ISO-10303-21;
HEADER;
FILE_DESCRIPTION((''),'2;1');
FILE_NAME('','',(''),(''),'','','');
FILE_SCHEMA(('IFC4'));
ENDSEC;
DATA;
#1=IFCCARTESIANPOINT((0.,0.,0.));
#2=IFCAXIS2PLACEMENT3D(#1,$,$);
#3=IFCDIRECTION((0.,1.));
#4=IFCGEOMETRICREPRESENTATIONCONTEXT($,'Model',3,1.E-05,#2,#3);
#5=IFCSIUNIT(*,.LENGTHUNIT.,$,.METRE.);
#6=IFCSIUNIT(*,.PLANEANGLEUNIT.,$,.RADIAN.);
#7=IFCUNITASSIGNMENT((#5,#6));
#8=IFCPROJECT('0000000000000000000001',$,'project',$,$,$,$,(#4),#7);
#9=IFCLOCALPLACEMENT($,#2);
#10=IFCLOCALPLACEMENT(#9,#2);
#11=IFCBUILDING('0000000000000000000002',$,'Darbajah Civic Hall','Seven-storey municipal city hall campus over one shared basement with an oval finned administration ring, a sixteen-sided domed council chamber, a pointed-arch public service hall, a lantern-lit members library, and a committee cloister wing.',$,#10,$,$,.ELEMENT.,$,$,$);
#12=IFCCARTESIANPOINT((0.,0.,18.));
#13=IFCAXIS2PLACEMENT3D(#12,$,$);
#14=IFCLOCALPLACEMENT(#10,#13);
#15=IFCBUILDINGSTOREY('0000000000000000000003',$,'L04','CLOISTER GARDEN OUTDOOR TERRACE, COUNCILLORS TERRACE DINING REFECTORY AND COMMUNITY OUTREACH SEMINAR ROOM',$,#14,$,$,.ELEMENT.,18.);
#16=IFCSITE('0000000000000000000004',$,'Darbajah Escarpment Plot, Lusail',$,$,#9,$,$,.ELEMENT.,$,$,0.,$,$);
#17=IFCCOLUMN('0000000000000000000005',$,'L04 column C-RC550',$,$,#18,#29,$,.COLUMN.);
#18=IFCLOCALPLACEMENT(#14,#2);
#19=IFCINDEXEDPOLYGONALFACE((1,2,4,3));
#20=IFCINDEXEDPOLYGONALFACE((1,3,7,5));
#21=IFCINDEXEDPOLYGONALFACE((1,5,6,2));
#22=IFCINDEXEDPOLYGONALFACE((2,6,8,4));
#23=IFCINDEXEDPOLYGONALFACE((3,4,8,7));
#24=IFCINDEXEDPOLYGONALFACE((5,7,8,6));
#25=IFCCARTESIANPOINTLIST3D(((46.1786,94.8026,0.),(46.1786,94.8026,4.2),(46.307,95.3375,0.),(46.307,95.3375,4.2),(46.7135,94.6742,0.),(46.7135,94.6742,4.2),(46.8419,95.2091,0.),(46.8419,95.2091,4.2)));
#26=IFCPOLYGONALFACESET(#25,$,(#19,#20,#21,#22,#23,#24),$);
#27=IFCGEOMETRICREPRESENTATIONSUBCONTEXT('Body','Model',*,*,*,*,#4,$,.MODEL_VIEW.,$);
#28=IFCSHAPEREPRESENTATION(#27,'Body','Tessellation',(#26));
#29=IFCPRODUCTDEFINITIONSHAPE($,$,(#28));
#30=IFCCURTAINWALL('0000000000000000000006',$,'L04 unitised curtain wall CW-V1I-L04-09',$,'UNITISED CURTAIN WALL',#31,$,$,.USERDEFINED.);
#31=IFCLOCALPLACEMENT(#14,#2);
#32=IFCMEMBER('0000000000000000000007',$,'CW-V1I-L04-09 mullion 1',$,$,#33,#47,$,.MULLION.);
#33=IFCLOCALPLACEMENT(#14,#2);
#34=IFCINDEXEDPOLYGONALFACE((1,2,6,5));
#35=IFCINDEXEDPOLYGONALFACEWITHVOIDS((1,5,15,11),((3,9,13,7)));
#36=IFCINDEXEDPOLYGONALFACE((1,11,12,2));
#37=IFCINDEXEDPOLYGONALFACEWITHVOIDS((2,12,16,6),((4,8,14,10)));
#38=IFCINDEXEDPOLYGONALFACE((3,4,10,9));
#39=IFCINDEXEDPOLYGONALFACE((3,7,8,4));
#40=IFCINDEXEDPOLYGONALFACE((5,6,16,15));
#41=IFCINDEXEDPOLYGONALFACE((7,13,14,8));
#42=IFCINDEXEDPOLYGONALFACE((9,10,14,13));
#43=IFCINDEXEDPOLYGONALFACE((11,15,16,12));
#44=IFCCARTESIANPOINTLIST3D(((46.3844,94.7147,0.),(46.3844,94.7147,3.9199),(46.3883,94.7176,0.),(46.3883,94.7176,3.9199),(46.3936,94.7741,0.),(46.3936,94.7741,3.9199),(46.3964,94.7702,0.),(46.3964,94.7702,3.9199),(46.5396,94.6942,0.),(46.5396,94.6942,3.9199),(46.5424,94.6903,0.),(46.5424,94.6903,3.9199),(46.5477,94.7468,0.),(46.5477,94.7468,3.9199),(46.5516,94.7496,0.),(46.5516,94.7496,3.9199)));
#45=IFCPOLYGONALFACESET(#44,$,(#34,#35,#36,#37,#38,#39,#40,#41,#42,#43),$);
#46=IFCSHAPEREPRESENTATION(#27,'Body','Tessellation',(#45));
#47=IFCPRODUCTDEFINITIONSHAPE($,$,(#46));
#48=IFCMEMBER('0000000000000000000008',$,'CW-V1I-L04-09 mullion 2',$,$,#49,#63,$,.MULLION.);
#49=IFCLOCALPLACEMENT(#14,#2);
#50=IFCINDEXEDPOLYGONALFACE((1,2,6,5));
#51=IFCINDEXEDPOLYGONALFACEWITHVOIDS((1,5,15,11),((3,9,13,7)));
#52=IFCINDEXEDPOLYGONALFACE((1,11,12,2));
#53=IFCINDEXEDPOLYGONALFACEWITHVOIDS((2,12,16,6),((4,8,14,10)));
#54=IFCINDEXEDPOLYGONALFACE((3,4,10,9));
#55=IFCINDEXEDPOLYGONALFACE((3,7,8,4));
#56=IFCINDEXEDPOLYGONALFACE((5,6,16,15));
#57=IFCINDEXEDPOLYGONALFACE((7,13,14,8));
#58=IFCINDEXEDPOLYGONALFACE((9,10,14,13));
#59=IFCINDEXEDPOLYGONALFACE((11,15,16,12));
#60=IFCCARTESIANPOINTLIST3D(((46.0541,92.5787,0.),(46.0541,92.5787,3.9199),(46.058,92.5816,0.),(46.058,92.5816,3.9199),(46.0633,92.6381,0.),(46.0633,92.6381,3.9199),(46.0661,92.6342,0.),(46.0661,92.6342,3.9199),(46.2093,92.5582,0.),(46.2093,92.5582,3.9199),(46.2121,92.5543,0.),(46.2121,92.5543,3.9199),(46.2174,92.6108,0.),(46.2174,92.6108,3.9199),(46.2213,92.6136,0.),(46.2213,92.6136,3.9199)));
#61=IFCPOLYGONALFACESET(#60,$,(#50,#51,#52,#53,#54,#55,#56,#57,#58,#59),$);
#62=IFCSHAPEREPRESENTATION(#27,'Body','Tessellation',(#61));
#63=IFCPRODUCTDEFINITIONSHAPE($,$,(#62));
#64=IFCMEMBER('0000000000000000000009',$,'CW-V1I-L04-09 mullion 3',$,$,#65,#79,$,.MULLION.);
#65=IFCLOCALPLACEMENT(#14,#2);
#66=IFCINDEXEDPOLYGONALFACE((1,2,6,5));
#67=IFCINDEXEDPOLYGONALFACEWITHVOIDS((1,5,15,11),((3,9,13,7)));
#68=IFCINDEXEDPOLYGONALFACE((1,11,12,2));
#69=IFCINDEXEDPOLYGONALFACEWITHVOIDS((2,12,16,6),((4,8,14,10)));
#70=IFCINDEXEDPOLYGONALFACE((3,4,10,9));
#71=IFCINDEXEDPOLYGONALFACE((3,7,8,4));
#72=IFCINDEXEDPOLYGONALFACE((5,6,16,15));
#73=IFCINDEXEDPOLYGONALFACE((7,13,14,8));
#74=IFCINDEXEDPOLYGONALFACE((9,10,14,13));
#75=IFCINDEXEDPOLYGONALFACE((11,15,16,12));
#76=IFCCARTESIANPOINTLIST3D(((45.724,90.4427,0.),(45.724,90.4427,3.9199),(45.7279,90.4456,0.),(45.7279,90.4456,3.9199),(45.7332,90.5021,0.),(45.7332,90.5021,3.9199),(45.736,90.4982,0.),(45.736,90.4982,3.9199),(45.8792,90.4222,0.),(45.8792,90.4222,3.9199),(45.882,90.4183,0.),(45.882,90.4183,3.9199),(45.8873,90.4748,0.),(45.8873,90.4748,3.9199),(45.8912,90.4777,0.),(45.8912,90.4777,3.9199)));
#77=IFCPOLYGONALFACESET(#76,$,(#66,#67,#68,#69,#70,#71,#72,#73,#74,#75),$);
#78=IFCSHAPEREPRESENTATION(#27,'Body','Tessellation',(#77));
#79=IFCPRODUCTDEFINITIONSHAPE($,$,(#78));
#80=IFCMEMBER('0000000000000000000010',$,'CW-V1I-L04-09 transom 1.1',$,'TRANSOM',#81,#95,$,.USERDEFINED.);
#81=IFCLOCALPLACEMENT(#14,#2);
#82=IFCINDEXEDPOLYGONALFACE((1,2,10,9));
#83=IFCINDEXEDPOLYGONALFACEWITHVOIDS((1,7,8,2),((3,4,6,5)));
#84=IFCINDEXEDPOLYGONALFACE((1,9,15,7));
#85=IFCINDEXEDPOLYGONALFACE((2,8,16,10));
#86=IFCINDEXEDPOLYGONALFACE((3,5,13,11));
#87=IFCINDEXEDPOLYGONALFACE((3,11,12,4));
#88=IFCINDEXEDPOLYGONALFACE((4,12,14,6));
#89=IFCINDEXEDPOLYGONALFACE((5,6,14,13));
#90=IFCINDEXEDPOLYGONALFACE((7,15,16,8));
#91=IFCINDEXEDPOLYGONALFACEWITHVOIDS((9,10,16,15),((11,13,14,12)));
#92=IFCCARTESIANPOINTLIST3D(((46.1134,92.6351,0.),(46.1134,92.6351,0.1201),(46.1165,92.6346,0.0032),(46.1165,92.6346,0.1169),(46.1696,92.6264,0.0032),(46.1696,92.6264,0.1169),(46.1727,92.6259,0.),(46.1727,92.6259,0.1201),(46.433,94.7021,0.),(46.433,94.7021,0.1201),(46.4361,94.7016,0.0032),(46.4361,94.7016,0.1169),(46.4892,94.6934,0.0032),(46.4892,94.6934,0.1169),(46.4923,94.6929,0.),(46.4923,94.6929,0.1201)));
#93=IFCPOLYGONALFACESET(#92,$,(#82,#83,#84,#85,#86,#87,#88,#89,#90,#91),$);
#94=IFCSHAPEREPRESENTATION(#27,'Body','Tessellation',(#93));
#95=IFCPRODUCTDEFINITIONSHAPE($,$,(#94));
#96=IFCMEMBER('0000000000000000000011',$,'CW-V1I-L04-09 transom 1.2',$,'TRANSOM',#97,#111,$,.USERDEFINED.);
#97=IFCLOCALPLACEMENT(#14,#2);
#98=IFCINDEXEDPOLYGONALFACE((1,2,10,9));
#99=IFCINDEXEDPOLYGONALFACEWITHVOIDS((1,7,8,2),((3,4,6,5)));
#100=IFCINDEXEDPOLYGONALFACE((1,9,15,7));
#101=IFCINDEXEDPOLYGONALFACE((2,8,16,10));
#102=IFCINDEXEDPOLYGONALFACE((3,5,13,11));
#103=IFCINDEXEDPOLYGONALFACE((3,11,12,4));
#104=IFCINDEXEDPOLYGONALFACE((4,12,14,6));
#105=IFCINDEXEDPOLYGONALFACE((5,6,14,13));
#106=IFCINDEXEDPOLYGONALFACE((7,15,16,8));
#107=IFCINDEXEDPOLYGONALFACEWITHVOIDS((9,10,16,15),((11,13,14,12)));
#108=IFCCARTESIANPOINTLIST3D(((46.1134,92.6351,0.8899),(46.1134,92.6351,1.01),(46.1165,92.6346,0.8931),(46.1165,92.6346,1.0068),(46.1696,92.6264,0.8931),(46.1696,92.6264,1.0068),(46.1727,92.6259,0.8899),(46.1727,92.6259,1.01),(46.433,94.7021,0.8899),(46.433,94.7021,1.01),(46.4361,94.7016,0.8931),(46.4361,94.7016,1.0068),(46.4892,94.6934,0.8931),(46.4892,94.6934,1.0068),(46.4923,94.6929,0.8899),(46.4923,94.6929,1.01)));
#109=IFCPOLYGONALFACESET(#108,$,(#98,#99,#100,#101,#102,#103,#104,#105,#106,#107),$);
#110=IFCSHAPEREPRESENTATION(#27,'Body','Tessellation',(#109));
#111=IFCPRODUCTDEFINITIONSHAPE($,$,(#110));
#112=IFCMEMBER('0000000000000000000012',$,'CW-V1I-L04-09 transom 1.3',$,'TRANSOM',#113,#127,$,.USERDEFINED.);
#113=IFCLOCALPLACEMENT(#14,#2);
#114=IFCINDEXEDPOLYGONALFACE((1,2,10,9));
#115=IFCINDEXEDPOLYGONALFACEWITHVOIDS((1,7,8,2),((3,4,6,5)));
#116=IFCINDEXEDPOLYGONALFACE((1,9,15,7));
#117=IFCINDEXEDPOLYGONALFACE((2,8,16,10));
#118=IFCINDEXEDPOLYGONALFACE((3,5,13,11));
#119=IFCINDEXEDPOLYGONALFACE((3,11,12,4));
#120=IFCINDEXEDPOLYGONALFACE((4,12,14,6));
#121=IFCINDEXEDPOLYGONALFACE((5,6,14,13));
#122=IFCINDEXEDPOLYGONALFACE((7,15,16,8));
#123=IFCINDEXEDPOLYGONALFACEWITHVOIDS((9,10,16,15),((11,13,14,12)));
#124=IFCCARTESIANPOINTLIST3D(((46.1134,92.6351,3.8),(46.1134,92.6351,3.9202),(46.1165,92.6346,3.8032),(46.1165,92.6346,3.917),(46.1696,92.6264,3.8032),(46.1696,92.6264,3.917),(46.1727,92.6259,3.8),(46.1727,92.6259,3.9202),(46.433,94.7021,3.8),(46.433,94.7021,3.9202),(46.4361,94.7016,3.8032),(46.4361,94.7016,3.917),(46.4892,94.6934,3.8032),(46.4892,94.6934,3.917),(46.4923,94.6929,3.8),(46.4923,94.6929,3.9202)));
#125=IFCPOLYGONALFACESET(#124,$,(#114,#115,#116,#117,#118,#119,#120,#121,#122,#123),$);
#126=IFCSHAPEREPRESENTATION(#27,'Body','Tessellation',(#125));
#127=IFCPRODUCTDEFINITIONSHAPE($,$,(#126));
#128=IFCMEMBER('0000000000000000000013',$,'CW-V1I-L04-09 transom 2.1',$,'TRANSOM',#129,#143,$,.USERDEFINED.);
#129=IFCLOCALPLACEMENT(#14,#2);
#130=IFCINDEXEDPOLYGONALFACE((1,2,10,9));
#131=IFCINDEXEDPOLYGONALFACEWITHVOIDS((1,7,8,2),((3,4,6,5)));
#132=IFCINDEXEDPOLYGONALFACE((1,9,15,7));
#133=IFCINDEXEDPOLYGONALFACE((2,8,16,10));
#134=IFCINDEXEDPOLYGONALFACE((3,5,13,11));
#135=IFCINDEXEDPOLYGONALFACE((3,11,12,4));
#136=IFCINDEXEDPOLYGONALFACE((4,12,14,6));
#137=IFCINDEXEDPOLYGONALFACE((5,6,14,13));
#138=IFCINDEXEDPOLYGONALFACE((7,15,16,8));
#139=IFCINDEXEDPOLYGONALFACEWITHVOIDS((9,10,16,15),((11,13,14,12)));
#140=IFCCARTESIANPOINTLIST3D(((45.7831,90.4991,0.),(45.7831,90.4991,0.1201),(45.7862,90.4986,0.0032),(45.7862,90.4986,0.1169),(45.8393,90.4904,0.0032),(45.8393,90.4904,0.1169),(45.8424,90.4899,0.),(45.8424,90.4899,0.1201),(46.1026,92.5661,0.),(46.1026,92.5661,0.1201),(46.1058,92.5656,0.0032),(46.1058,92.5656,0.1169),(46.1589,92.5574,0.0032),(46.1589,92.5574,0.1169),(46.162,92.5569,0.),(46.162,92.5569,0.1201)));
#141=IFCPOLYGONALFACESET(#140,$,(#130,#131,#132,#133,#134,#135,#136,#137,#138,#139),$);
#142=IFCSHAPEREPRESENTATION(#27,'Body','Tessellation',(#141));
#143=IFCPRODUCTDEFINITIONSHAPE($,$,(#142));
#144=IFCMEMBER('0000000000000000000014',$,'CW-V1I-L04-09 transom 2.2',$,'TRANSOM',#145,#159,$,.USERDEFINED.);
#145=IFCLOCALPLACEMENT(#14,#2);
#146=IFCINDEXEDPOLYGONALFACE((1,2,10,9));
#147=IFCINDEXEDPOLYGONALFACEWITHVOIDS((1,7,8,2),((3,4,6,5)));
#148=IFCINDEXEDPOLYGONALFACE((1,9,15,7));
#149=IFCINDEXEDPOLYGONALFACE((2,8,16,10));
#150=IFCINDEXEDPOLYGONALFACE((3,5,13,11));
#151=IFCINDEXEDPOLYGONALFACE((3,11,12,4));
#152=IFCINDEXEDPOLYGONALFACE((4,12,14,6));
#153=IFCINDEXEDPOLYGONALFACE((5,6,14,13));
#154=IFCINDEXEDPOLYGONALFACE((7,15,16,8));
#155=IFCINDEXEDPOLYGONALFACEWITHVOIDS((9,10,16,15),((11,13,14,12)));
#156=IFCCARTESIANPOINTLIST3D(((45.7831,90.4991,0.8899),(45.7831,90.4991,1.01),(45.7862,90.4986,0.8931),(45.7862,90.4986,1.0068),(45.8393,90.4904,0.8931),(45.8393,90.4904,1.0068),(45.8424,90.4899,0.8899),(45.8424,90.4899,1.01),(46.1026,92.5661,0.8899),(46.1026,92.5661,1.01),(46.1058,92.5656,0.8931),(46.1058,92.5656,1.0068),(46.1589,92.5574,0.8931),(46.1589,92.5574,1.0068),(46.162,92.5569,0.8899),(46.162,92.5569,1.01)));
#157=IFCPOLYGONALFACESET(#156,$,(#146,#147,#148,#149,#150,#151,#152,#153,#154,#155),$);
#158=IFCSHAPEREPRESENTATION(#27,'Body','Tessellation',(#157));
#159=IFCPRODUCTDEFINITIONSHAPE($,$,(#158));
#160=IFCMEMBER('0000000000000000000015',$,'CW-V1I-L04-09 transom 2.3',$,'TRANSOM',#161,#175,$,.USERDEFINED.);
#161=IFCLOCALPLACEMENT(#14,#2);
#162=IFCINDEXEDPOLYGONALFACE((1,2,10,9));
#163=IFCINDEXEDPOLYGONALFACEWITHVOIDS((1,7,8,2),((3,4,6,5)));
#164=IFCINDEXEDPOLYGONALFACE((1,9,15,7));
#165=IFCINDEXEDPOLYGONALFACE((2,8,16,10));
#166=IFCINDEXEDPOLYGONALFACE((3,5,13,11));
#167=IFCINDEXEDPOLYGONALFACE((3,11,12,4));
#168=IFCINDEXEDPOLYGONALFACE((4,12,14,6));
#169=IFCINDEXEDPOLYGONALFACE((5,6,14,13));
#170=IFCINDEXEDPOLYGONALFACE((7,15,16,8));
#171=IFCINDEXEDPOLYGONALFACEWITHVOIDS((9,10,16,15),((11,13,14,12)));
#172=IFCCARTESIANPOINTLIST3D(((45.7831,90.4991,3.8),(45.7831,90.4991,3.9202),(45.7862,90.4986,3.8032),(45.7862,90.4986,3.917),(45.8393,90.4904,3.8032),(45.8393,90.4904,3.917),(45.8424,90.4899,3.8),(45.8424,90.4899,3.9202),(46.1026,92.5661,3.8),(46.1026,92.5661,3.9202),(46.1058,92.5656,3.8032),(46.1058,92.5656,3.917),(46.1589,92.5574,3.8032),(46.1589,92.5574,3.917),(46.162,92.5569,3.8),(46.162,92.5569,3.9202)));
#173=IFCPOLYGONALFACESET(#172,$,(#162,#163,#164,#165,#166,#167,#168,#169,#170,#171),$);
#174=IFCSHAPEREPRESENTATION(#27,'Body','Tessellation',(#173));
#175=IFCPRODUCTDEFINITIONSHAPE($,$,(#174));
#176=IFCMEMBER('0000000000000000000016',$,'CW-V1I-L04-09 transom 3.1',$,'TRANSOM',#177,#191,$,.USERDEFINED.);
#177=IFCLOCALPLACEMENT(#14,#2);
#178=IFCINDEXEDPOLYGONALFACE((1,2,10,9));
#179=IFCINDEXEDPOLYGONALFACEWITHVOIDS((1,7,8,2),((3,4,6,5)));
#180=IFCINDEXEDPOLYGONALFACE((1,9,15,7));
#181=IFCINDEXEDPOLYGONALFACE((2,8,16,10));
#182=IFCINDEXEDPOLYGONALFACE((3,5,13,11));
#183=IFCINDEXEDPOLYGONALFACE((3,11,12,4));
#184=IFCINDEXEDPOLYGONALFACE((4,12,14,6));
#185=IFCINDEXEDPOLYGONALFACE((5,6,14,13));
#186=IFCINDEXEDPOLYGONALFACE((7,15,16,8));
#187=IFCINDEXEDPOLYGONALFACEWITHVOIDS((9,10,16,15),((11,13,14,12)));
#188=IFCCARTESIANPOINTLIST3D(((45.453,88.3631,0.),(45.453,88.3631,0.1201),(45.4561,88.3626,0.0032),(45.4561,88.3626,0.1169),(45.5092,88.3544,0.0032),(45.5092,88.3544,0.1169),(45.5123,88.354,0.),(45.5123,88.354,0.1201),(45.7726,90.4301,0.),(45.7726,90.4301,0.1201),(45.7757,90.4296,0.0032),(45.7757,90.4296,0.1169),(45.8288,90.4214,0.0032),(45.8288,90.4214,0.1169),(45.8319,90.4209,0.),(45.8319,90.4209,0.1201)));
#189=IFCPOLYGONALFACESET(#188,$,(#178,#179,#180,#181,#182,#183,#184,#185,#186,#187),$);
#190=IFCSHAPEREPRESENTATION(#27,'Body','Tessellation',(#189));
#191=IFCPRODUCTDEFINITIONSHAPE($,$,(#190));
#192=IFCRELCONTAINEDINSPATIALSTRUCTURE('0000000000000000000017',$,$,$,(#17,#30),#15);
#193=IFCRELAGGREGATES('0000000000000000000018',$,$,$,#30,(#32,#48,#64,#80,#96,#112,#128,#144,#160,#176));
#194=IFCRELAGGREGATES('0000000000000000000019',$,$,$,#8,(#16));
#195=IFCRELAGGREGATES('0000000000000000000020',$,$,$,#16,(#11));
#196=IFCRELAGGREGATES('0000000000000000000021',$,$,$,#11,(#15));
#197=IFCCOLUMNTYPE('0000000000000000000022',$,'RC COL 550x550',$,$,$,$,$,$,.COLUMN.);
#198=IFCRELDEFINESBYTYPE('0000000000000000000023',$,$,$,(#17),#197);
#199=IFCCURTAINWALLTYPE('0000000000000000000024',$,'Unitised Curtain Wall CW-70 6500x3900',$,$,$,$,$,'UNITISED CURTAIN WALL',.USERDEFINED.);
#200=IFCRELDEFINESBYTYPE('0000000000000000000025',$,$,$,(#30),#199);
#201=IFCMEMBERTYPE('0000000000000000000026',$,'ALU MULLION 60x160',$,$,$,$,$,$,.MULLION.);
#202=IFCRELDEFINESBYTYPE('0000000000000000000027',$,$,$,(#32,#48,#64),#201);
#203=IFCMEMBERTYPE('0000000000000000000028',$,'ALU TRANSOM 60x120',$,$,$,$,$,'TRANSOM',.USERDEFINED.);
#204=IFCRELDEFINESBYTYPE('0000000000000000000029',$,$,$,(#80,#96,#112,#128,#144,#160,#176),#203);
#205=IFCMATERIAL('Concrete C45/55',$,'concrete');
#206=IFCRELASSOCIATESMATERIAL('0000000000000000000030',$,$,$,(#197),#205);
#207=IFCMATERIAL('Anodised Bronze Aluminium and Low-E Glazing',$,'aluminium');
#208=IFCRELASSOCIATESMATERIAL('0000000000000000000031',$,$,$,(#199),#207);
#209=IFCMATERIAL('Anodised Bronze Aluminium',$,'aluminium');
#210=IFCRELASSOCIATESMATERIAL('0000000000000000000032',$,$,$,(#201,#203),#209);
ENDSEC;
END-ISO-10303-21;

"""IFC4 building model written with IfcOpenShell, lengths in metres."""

from ifc_helpers import new_model, si_unit, direction, frame, origin, origin_2d, place, context, subcontext, project, spatial, rectangle, hollow_rectangle, extrude, material, material_profile, profile_set, type_object, element, aggregate, save


model = new_model("IFC4")

# Units and contexts
model_context = context("Model", 3, precision=1e-05, world=origin(), true_north=direction((0.0, 1.0)))
body_context = subcontext(model_context, "Body", "Model", "MODEL_VIEW")
ifc_project = project(units=[si_unit("LENGTHUNIT", "METRE"), si_unit("PLANEANGLEUNIT", "RADIAN")], contexts=[model_context])

# Site, building, storey
site_placement = place(None, origin())
site = spatial("IfcSite", under=ifc_project, at=site_placement, Name="Darbajah Escarpment Plot, Lusail", CompositionType="ELEMENT", RefElevation=0.0)
building_placement = place(site_placement, origin())
building = spatial("IfcBuilding", under=site, at=building_placement, Name="Darbajah Civic Hall", Description="Seven-storey municipal city hall campus over one shared basement with an oval finned administration ring, a sixteen-sided domed council chamber, a pointed-arch public service hall, a lantern-lit members library, and a committee cloister wing.", CompositionType="ELEMENT")
storey_placement = place(building_placement, frame((0.0, 0.0, 18.0)))
storey = spatial("IfcBuildingStorey", under=building, at=storey_placement, Name="L04", Description="CLOISTER GARDEN OUTDOOR TERRACE, COUNCILLORS TERRACE DINING REFECTORY AND COMMUNITY OUTREACH SEMINAR ROOM", CompositionType="ELEMENT", Elevation=18.0)

# Column
ifc_material_1 = material(Name="Concrete C45/55", Category="concrete")
ifc_material_profile_1 = material_profile(ifc_material_1, rectangle(XDim=0.55, YDim=0.55, at=origin_2d()), Name="RC COL 550x550")
ifc_profile_set_1 = profile_set([ifc_material_profile_1], Name="Concrete C45/55")
column_type = type_object("IfcColumnType", Name="RC COL 550x550", PredefinedType="COLUMN", material=ifc_profile_set_1)
column_placement = place(storey_placement, frame((46.5103, 95.0059, 0.0), z_axis=(0.0, 0.0, 1.0), x_axis=(-0.97237, 0.233445, 0.0)))
element("IfcColumn", 1, at=column_placement, inside=storey, type_object=column_type, Name="L04 column C-RC550", PredefinedType="COLUMN", context=body_context, shape_type="SweptSolid", body=[
    extrude(rectangle(XDim=0.55, YDim=0.55, at=origin_2d()), origin(), (0.0, 0.0, 1.0), 4.2),
])

# Curtain wall, members
ifc_material_2 = material(Name="Anodised Bronze Aluminium and Low-E Glazing", Category="aluminium")
curtain_wall_type = type_object("IfcCurtainWallType", Name="Unitised Curtain Wall CW-70 6500x3900", ElementType="UNITISED CURTAIN WALL", PredefinedType="USERDEFINED", material=ifc_material_2)
curtain_wall_placement = place(storey_placement, origin())
curtain_wall = element("IfcCurtainWall", 2, at=curtain_wall_placement, inside=storey, type_object=curtain_wall_type, Name="L04 unitised curtain wall CW-V1I-L04-09", ObjectType="UNITISED CURTAIN WALL", PredefinedType="USERDEFINED")
ifc_material_3 = material(Name="Anodised Bronze Aluminium", Category="aluminium")
ifc_material_profile_2 = material_profile(ifc_material_3, hollow_rectangle(XDim=0.0601, YDim=0.1599, WallThickness=0.0034, at=origin_2d()), Name="ALU MULLION 60x160")
ifc_profile_set_2 = profile_set([ifc_material_profile_2], Name="Anodised Bronze Aluminium")
member_type_1 = type_object("IfcMemberType", Name="ALU MULLION 60x160", PredefinedType="MULLION", material=ifc_profile_set_2)
member_1_placement = place(storey_placement, frame((46.468, 94.7322, 0.0), z_axis=(0.0, 0.0, 1.0), x_axis=(-0.152813, -0.988255, 0.0)))
member_1 = element("IfcMember", 3, at=member_1_placement, type_object=member_type_1, Name="CW-V1I-L04-09 mullion 1", PredefinedType="MULLION", context=body_context, shape_type="SweptSolid", body=[
    extrude(hollow_rectangle(XDim=0.0601, YDim=0.1599, WallThickness=0.0034, at=origin_2d()), origin(), (0.0, 0.0, 1.0), 3.9199),
])
member_2_placement = place(storey_placement, frame((46.1377, 92.5962, 0.0), z_axis=(0.0, 0.0, 1.0), x_axis=(-0.152813, -0.988255, 0.0)))
member_2 = element("IfcMember", 4, at=member_2_placement, type_object=member_type_1, Name="CW-V1I-L04-09 mullion 2", PredefinedType="MULLION", context=body_context, shape_type="SweptSolid", body=[
    extrude(hollow_rectangle(XDim=0.0601, YDim=0.1599, WallThickness=0.0034, at=origin_2d()), origin(), (0.0, 0.0, 1.0), 3.9199),
])
member_3_placement = place(storey_placement, frame((45.8076, 90.4602, 0.0), z_axis=(0.0, 0.0, 1.0), x_axis=(-0.152813, -0.988255, 0.0)))
member_3 = element("IfcMember", 5, at=member_3_placement, type_object=member_type_1, Name="CW-V1I-L04-09 mullion 3", PredefinedType="MULLION", context=body_context, shape_type="SweptSolid", body=[
    extrude(hollow_rectangle(XDim=0.0601, YDim=0.1599, WallThickness=0.0034, at=origin_2d()), origin(), (0.0, 0.0, 1.0), 3.9199),
])
ifc_material_profile_3 = material_profile(ifc_material_3, hollow_rectangle(XDim=0.0601, YDim=0.1201, WallThickness=0.0032, at=origin_2d()), Name="ALU TRANSOM 60x120")
ifc_profile_set_3 = profile_set([ifc_material_profile_3], Name="Anodised Bronze Aluminium")
member_type_2 = type_object("IfcMemberType", Name="ALU TRANSOM 60x120", ElementType="TRANSOM", PredefinedType="USERDEFINED", material=ifc_profile_set_3)
member_4_placement = place(storey_placement, frame((46.4626, 94.6975, 0.0601), z_axis=(-0.152803, -0.988257, 0.0), x_axis=(0.988257, -0.152803, 0.0)))
member_4 = element("IfcMember", 6, at=member_4_placement, type_object=member_type_2, Name="CW-V1I-L04-09 transom 1.1", ObjectType="TRANSOM", PredefinedType="USERDEFINED", context=body_context, shape_type="SweptSolid", body=[
    extrude(hollow_rectangle(XDim=0.0601, YDim=0.1201, WallThickness=0.0032, at=origin_2d()), origin(), (0.0, 0.0, 1.0), 2.0916),
])
member_5_placement = place(storey_placement, frame((46.4626, 94.6975, 0.95), z_axis=(-0.152803, -0.988257, 0.0), x_axis=(0.988257, -0.152803, 0.0)))
member_5 = element("IfcMember", 7, at=member_5_placement, type_object=member_type_2, Name="CW-V1I-L04-09 transom 1.2", ObjectType="TRANSOM", PredefinedType="USERDEFINED", context=body_context, shape_type="SweptSolid", body=[
    extrude(hollow_rectangle(XDim=0.0601, YDim=0.1201, WallThickness=0.0032, at=origin_2d()), origin(), (0.0, 0.0, 1.0), 2.0916),
])
member_6_placement = place(storey_placement, frame((46.4626, 94.6975, 3.8601), z_axis=(-0.152803, -0.988257, 0.0), x_axis=(0.988257, -0.152803, 0.0)))
member_6 = element("IfcMember", 8, at=member_6_placement, type_object=member_type_2, Name="CW-V1I-L04-09 transom 1.3", ObjectType="TRANSOM", PredefinedType="USERDEFINED", context=body_context, shape_type="SweptSolid", body=[
    extrude(hollow_rectangle(XDim=0.0601, YDim=0.1201, WallThickness=0.0032, at=origin_2d()), origin(), (0.0, 0.0, 1.0), 2.0916),
])
member_7_placement = place(storey_placement, frame((46.1323, 92.5615, 0.0601), z_axis=(-0.152803, -0.988257, 0.0), x_axis=(0.988257, -0.152803, 0.0)))
member_7 = element("IfcMember", 9, at=member_7_placement, type_object=member_type_2, Name="CW-V1I-L04-09 transom 2.1", ObjectType="TRANSOM", PredefinedType="USERDEFINED", context=body_context, shape_type="SweptSolid", body=[
    extrude(hollow_rectangle(XDim=0.0601, YDim=0.1201, WallThickness=0.0032, at=origin_2d()), origin(), (0.0, 0.0, 1.0), 2.0916),
])
member_8_placement = place(storey_placement, frame((46.1323, 92.5615, 0.95), z_axis=(-0.152803, -0.988257, 0.0), x_axis=(0.988257, -0.152803, 0.0)))
member_8 = element("IfcMember", 10, at=member_8_placement, type_object=member_type_2, Name="CW-V1I-L04-09 transom 2.2", ObjectType="TRANSOM", PredefinedType="USERDEFINED", context=body_context, shape_type="SweptSolid", body=[
    extrude(hollow_rectangle(XDim=0.0601, YDim=0.1201, WallThickness=0.0032, at=origin_2d()), origin(), (0.0, 0.0, 1.0), 2.0916),
])
member_9_placement = place(storey_placement, frame((46.1323, 92.5615, 3.8601), z_axis=(-0.152803, -0.988257, 0.0), x_axis=(0.988257, -0.152803, 0.0)))
member_9 = element("IfcMember", 11, at=member_9_placement, type_object=member_type_2, Name="CW-V1I-L04-09 transom 2.3", ObjectType="TRANSOM", PredefinedType="USERDEFINED", context=body_context, shape_type="SweptSolid", body=[
    extrude(hollow_rectangle(XDim=0.0601, YDim=0.1201, WallThickness=0.0032, at=origin_2d()), origin(), (0.0, 0.0, 1.0), 2.0916),
])
member_10_placement = place(storey_placement, frame((45.8022, 90.4255, 0.0601), z_axis=(-0.152803, -0.988257, 0.0), x_axis=(0.988257, -0.152803, 0.0)))
member_10 = element("IfcMember", 12, at=member_10_placement, type_object=member_type_2, Name="CW-V1I-L04-09 transom 3.1", ObjectType="TRANSOM", PredefinedType="USERDEFINED", context=body_context, shape_type="SweptSolid", body=[
    extrude(hollow_rectangle(XDim=0.0601, YDim=0.1201, WallThickness=0.0032, at=origin_2d()), origin(), (0.0, 0.0, 1.0), 2.0916),
])

aggregate(curtain_wall, [member_1, member_2, member_3, member_4, member_5, member_6, member_7, member_8, member_9, member_10])

save(model, "model.ifc")
